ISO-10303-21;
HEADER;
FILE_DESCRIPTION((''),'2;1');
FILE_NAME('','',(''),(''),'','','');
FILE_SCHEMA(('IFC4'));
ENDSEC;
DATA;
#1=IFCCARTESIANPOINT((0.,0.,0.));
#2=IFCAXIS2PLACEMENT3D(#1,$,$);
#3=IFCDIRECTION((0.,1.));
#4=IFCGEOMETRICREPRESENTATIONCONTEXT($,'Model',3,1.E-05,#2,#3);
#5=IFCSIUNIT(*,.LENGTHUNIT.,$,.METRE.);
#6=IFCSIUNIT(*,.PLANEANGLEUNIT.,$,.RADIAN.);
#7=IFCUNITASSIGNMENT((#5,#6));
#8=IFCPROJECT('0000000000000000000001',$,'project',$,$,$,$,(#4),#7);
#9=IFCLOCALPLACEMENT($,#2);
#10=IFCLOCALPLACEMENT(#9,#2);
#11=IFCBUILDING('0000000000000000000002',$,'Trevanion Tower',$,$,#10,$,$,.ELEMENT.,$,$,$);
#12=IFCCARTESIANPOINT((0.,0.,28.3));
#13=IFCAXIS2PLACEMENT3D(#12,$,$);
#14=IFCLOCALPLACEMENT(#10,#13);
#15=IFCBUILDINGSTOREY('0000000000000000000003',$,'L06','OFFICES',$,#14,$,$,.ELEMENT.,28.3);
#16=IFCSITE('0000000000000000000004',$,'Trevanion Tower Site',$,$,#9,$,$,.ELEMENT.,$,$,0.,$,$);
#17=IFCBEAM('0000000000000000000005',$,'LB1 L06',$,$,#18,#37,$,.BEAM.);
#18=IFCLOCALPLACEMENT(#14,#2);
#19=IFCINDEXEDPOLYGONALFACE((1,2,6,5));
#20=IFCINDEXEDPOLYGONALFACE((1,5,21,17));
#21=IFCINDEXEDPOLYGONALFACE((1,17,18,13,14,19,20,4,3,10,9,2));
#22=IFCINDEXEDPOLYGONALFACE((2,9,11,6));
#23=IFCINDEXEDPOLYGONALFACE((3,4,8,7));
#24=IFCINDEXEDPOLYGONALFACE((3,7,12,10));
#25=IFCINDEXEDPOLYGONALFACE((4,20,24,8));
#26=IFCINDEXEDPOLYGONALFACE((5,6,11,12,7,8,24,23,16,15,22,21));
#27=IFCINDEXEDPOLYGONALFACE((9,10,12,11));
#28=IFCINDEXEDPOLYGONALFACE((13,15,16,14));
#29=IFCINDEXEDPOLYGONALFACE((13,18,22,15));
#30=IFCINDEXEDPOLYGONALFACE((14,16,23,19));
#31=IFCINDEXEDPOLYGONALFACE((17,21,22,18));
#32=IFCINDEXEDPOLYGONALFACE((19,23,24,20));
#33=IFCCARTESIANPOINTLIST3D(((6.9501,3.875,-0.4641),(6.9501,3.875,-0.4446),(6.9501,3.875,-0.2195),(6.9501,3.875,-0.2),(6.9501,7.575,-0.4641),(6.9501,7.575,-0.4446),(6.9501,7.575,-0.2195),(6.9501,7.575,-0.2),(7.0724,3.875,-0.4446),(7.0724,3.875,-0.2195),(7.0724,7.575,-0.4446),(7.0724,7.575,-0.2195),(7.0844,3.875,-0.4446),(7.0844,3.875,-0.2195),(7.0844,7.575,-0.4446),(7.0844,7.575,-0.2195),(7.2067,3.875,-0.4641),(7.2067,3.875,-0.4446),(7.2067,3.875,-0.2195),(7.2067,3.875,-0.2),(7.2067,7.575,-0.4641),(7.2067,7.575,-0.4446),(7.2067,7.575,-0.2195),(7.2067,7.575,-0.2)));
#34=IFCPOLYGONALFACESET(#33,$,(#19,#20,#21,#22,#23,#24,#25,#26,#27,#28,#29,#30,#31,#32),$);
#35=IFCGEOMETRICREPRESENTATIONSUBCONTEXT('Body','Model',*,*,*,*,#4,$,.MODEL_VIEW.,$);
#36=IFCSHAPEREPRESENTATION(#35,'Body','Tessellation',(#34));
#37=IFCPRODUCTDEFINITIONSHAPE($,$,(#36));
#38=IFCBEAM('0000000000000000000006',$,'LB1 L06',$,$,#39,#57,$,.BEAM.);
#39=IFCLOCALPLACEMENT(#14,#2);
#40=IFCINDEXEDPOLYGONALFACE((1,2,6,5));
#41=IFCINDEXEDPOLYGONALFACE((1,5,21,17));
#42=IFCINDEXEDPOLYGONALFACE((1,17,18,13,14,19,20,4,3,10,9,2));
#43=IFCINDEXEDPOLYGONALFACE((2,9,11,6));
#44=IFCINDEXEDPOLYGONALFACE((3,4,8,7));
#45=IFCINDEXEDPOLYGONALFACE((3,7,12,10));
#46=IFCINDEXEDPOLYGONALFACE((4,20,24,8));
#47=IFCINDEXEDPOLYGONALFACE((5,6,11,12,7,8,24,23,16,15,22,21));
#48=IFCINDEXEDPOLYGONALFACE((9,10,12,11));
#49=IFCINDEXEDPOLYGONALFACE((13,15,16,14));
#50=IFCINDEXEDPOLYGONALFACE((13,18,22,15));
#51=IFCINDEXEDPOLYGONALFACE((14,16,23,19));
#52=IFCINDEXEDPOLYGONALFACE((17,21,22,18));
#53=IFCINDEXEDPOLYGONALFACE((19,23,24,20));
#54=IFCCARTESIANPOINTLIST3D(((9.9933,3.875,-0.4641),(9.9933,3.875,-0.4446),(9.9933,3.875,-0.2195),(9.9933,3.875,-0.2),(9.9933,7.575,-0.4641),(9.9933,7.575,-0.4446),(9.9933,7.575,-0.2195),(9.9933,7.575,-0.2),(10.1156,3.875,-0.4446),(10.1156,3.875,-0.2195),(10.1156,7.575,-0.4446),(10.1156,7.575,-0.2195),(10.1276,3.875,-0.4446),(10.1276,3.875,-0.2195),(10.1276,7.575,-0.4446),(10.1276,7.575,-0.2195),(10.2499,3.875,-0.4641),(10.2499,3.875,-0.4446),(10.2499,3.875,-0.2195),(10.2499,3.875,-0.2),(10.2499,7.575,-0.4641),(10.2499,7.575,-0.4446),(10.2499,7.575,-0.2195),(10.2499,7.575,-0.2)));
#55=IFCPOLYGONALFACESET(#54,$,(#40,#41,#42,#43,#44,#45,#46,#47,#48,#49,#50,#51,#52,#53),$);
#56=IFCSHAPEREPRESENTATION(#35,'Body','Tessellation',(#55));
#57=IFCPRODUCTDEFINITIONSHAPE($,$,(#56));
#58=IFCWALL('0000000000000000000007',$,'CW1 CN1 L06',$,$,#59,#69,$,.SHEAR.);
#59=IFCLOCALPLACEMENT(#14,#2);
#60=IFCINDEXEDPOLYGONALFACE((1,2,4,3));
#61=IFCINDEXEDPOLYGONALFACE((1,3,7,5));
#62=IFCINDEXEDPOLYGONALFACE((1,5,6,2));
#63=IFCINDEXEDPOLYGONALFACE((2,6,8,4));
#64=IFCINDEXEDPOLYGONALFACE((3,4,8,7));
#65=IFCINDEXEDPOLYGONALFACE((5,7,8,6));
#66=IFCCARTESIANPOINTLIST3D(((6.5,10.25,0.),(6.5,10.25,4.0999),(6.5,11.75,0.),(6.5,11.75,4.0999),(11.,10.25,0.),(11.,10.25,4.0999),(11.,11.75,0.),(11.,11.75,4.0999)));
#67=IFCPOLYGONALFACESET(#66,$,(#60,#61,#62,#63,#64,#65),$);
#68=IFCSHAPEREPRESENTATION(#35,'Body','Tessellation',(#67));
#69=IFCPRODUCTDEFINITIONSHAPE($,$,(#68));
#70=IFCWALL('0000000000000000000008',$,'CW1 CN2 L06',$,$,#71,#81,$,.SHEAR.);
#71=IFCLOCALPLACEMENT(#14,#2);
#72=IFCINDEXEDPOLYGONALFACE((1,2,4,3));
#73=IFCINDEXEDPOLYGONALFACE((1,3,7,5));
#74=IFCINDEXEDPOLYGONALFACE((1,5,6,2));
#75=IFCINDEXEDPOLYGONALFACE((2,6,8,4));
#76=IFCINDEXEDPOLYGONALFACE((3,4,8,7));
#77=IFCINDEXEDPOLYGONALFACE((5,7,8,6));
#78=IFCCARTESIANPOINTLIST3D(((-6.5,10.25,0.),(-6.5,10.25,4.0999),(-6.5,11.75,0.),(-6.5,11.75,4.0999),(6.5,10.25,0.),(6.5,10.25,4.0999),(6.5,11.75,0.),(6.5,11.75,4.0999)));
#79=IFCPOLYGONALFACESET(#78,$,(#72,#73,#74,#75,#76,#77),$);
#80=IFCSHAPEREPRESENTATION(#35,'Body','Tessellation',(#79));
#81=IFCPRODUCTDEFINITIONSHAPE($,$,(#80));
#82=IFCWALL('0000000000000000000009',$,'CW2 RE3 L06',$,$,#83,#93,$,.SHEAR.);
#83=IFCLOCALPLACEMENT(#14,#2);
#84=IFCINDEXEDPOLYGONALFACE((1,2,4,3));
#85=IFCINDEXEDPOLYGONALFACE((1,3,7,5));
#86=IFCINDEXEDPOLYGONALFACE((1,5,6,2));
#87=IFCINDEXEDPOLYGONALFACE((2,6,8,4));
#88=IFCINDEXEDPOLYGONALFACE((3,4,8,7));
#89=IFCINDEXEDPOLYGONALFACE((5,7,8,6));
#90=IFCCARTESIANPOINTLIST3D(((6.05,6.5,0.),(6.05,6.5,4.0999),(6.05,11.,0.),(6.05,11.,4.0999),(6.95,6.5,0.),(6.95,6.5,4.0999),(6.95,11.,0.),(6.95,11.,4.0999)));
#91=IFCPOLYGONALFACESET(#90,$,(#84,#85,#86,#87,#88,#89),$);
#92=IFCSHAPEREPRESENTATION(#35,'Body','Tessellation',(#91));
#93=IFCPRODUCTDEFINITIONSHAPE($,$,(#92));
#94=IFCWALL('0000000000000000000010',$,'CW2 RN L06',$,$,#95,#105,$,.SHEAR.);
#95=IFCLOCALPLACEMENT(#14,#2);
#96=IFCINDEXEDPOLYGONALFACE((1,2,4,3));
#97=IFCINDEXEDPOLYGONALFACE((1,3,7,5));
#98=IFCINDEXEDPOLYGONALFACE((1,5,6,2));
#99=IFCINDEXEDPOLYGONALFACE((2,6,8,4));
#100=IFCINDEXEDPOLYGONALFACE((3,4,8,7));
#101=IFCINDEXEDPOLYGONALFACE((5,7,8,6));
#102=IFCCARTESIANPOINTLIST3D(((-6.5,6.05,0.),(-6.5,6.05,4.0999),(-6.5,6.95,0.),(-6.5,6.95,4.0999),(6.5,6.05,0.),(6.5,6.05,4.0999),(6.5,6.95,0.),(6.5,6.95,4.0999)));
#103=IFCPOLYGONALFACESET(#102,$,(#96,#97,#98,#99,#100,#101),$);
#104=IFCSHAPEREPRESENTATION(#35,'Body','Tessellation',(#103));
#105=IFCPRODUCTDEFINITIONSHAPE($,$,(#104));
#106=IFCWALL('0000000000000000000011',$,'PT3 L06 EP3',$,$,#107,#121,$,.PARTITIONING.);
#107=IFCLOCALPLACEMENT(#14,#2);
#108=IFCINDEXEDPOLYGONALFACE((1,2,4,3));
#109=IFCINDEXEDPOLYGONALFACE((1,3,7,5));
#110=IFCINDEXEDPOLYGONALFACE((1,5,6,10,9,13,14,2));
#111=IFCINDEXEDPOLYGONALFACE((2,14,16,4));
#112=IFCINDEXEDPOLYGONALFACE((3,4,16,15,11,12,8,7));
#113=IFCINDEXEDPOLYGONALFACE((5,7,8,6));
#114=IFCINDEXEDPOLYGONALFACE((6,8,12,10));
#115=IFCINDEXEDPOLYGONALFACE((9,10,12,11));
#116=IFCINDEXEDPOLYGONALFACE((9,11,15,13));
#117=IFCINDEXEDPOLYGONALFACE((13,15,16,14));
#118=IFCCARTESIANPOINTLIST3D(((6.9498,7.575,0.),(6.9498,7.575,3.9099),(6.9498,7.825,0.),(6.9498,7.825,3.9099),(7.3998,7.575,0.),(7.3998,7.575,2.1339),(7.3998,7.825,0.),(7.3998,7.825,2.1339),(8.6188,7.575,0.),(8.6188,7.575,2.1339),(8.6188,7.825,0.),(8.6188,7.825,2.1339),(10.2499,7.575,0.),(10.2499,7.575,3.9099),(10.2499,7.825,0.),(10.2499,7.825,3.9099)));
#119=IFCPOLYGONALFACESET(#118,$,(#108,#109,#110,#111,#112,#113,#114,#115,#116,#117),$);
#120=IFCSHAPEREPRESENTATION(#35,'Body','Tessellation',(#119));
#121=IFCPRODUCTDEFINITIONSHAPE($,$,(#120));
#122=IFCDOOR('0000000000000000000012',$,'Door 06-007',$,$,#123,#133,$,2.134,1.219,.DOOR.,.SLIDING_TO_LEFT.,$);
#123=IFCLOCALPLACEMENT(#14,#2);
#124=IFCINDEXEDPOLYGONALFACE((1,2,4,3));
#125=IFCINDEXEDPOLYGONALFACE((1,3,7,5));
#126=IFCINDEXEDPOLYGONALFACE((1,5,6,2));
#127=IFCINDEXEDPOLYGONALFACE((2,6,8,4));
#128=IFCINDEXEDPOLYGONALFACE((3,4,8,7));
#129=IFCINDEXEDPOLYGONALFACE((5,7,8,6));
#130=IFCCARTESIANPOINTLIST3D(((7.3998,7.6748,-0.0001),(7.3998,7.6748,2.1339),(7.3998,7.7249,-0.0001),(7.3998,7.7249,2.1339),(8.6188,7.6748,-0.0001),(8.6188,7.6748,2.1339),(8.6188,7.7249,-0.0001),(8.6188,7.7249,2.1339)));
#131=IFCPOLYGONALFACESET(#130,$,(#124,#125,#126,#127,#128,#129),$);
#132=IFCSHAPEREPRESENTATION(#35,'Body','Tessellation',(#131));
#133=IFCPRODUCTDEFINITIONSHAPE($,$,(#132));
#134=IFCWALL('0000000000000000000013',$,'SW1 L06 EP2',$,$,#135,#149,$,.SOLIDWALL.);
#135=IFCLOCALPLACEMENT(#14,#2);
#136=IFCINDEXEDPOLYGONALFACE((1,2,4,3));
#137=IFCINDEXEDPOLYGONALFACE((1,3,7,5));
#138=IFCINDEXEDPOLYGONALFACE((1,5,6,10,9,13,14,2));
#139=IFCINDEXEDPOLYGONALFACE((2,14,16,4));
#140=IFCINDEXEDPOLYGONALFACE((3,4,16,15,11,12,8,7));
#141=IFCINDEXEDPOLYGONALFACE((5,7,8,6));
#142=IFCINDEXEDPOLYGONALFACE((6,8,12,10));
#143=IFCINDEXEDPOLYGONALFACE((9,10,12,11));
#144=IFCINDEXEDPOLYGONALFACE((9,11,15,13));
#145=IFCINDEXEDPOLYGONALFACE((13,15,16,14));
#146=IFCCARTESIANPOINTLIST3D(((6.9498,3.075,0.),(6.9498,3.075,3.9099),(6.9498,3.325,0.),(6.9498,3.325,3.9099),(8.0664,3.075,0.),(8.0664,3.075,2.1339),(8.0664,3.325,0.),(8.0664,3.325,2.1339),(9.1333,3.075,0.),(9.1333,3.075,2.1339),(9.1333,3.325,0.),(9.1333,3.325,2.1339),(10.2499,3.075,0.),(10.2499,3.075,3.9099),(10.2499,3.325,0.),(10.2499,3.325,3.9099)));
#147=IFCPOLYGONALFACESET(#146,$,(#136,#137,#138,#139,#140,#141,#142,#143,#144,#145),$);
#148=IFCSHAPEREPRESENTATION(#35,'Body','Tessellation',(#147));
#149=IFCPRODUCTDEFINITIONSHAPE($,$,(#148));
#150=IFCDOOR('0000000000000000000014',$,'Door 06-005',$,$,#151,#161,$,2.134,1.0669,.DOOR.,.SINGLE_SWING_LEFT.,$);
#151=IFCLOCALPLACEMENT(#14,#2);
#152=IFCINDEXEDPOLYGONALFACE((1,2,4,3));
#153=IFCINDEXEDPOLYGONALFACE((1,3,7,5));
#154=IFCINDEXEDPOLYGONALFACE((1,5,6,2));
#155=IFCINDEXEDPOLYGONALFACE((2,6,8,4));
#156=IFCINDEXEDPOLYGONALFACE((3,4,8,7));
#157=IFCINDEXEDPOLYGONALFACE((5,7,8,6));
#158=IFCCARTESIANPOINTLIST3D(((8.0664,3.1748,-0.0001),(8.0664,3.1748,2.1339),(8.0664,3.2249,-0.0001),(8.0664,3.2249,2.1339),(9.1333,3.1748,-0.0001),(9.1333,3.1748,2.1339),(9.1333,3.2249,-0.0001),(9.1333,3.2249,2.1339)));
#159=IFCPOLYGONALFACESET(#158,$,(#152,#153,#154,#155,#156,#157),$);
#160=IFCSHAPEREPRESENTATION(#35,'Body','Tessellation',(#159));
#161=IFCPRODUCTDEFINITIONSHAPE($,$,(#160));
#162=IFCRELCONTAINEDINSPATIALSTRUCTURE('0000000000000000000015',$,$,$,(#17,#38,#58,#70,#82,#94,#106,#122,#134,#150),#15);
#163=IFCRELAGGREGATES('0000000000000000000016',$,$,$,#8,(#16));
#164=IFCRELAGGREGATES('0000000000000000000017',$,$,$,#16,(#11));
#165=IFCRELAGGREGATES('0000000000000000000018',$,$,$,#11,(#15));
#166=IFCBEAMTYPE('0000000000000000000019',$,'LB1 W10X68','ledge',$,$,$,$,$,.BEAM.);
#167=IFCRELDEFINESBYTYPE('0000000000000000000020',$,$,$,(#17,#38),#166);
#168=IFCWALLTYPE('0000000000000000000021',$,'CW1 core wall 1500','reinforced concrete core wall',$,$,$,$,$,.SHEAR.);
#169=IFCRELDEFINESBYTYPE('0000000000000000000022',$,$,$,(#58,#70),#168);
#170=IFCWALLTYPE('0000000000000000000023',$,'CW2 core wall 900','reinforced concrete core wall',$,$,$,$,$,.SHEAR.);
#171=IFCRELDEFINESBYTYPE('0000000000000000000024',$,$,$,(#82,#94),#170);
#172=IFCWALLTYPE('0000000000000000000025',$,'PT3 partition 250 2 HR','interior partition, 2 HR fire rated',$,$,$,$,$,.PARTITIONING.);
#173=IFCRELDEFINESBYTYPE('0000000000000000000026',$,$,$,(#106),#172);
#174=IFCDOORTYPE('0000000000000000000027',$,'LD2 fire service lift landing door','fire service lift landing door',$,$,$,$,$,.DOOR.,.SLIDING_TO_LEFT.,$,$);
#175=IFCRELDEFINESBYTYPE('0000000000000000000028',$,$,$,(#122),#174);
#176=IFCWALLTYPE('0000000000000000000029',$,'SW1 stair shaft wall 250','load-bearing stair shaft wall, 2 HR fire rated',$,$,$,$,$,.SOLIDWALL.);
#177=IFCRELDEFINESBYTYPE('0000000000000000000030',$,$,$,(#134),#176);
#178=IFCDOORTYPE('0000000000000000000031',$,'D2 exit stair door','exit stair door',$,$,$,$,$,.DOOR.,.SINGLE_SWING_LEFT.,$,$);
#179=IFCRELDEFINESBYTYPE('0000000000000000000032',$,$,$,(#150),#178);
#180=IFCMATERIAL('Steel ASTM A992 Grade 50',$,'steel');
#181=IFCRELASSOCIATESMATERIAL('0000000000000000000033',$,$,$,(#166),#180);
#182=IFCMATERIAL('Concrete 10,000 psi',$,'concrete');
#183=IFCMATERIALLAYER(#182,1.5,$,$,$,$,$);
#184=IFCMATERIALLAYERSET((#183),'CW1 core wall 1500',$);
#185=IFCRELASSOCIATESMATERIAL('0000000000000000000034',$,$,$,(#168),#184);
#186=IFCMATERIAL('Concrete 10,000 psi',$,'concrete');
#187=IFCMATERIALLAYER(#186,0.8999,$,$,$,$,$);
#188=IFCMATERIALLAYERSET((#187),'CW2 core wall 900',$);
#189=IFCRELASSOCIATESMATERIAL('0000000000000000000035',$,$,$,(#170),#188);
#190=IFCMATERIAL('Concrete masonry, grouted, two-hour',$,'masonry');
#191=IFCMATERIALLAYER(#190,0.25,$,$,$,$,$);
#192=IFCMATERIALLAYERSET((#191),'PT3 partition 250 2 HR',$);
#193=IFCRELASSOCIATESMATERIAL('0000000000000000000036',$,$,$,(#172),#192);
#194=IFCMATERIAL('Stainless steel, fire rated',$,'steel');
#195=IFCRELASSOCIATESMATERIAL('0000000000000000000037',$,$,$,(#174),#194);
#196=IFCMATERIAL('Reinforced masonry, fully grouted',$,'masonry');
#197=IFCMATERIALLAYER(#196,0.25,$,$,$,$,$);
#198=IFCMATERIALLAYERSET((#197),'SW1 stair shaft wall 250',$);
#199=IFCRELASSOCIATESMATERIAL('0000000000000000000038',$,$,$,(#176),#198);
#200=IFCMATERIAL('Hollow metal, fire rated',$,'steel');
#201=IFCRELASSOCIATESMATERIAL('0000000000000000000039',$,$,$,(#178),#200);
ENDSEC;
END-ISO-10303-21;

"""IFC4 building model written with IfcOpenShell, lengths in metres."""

from ifc_helpers import new_model, si_unit, direction, frame, frame_2d, origin, origin_2d, place, context, subcontext, project, spatial, rectangle, i_section, extrude, material, layer, layer_set, material_profile, profile_set, type_object, element, fill, save


model = new_model("IFC4")

# Units and contexts
model_context = context("Model", 3, precision=1e-05, world=origin(), true_north=direction((0.0, 1.0)))
body_context = subcontext(model_context, "Body", "Model", "MODEL_VIEW")
ifc_project = project(units=[si_unit("LENGTHUNIT", "METRE"), si_unit("PLANEANGLEUNIT", "RADIAN")], contexts=[model_context])

# Site, building, storey
site_placement = place(None, origin())
site = spatial("IfcSite", under=ifc_project, at=site_placement, Name="Trevanion Tower Site", CompositionType="ELEMENT", RefElevation=0.0)
building_placement = place(site_placement, origin())
building = spatial("IfcBuilding", under=site, at=building_placement, Name="Trevanion Tower", CompositionType="ELEMENT")
storey_placement = place(building_placement, frame((0.0, 0.0, 28.3)))
storey = spatial("IfcBuildingStorey", under=building, at=storey_placement, Name="L06", Description="OFFICES", CompositionType="ELEMENT", Elevation=28.3)

# Beams
ifc_material_1 = material(Name="Steel ASTM A992 Grade 50", Category="steel")
ifc_material_profile_1 = material_profile(ifc_material_1, i_section(OverallWidth=0.2566, OverallDepth=0.2642, WebThickness=0.012, FlangeThickness=0.0195, at=origin_2d()), Name="W10X68")
ifc_profile_set_1 = profile_set([ifc_material_profile_1], Name="Steel ASTM A992 Grade 50")
beam_type_1 = type_object("IfcBeamType", Name="LB1 W10X68", Description="ledge", PredefinedType="BEAM", material=ifc_profile_set_1)
for number, where, z_axis, x_axis, name in (
    (1, (7.0784, 3.875, -0.332), (0.0, 1.0, 0.0), (-1.0, 0.0, 0.0), "LB1 L06"),
    (2, (10.1216, 3.875, -0.332), (0.0, 1.0, 0.0), (-1.0, 0.0, 0.0), "LB1 L06"),
):
    element("IfcBeam", number, at=place(storey_placement, frame(where, z_axis=z_axis, x_axis=x_axis)), inside=storey, type_object=beam_type_1, Name=name, PredefinedType="BEAM", context=body_context, shape_type="SweptSolid", body=[
        extrude(i_section(OverallWidth=0.2566, OverallDepth=0.2642, WebThickness=0.012, FlangeThickness=0.0195, at=origin_2d()), origin(), (0.0, 0.0, 1.0), 3.7),
    ])

# Walls
ifc_material_2 = material(Name="Concrete 10,000 psi", Category="concrete")
ifc_layer_1 = layer(ifc_material_2, 1.5)
ifc_layer_set_1 = layer_set([ifc_layer_1], Name="CW1 core wall 1500")
wall_type_1 = type_object("IfcWallType", Name="CW1 core wall 1500", Description="reinforced concrete core wall", PredefinedType="SHEAR", material=ifc_layer_set_1)
wall_1_placement = place(storey_placement, frame((11.0, 11.0, 0.0), z_axis=(0.0, 0.0, 1.0), x_axis=(-1.0, 0.0, 0.0)))
element("IfcWall", 3, at=wall_1_placement, inside=storey, type_object=wall_type_1, Name="CW1 CN1 L06", PredefinedType="SHEAR", context=body_context, shape_type="SweptSolid", body=[
    extrude(rectangle(XDim=4.5, YDim=1.5, at=frame_2d((2.25, 0.0))), origin(), (0.0, 0.0, 1.0), 4.0999),
])
wall_2_placement = place(storey_placement, frame((6.5, 11.0, 0.0), z_axis=(0.0, 0.0, 1.0), x_axis=(-1.0, 0.0, 0.0)))
element("IfcWall", 4, at=wall_2_placement, inside=storey, type_object=wall_type_1, Name="CW1 CN2 L06", PredefinedType="SHEAR", context=body_context, shape_type="SweptSolid", body=[
    extrude(rectangle(XDim=13.0, YDim=1.5, at=frame_2d((6.5, 0.0))), origin(), (0.0, 0.0, 1.0), 4.0999),
])
ifc_material_3 = material(Name="Concrete 10,000 psi", Category="concrete")
ifc_layer_2 = layer(ifc_material_3, 0.8999)
ifc_layer_set_2 = layer_set([ifc_layer_2], Name="CW2 core wall 900")
wall_type_2 = type_object("IfcWallType", Name="CW2 core wall 900", Description="reinforced concrete core wall", PredefinedType="SHEAR", material=ifc_layer_set_2)
wall_3_placement = place(storey_placement, frame((6.5, 6.5, 0.0), z_axis=(0.0, 0.0, 1.0), x_axis=(0.0, 1.0, 0.0)))
element("IfcWall", 5, at=wall_3_placement, inside=storey, type_object=wall_type_2, Name="CW2 RE3 L06", PredefinedType="SHEAR", context=body_context, shape_type="SweptSolid", body=[
    extrude(rectangle(XDim=4.5, YDim=0.8999, at=frame_2d((2.25, 0.0))), origin(), (0.0, 0.0, 1.0), 4.0999),
])
wall_4_placement = place(storey_placement, frame((6.5, 6.5, 0.0), z_axis=(0.0, 0.0, 1.0), x_axis=(-1.0, 0.0, 0.0)))
element("IfcWall", 6, at=wall_4_placement, inside=storey, type_object=wall_type_2, Name="CW2 RN L06", PredefinedType="SHEAR", context=body_context, shape_type="SweptSolid", body=[
    extrude(rectangle(XDim=13.0, YDim=0.8999, at=frame_2d((6.5, 0.0))), origin(), (0.0, 0.0, 1.0), 4.0999),
])

# Walls, openings, doors
ifc_material_4 = material(Name="Concrete masonry, grouted, two-hour", Category="masonry")
ifc_layer_3 = layer(ifc_material_4, 0.25)
ifc_layer_set_3 = layer_set([ifc_layer_3], Name="PT3 partition 250 2 HR")
wall_type_3 = type_object("IfcWallType", Name="PT3 partition 250 2 HR", Description="interior partition, 2 HR fire rated", PredefinedType="PARTITIONING", material=ifc_layer_set_3)
wall_5_placement = place(storey_placement, frame((6.95, 7.7, 0.0), z_axis=(0.0, 0.0, 1.0), x_axis=(1.0, 0.0, 0.0)))
wall_5 = element("IfcWall", 7, at=wall_5_placement, inside=storey, type_object=wall_type_3, Name="PT3 L06 EP3", PredefinedType="PARTITIONING", context=body_context, shape_type="SweptSolid", body=[
    extrude(rectangle(XDim=3.3, YDim=0.25, at=frame_2d((1.6499, 0.0))), origin(), (0.0, 0.0, 1.0), 3.9099),
])
opening_1_placement = place(wall_5_placement, frame((0.45, 0.0, 0.0)))
opening_1 = element("IfcOpeningElement", 8, at=opening_1_placement, cuts=wall_5, PredefinedType="OPENING", context=body_context, shape_type="SweptSolid", body=[
    extrude(rectangle(XDim=1.219, YDim=2.134, at=frame_2d((0.6094, 1.0669))), frame((0.0, 0.135, 0.0), z_axis=(0.0, -1.0, 0.0), x_axis=(1.0, 0.0, 0.0)), (0.0, 0.0, 1.0), 0.27),
])
ifc_material_5 = material(Name="Stainless steel, fire rated", Category="steel")
door_type_1 = type_object("IfcDoorType", Name="LD2 fire service lift landing door", Description="fire service lift landing door", OperationType="SLIDING_TO_LEFT", PredefinedType="DOOR", material=ifc_material_5)
door_1_placement = place(opening_1_placement, origin())
door_1 = element("IfcDoor", 9, at=door_1_placement, inside=storey, type_object=door_type_1, Name="Door 06-007", OperationType="SLIDING_TO_LEFT", OverallHeight=2.134, OverallWidth=1.219, PredefinedType="DOOR", context=body_context, shape_type="SweptSolid", body=[
    extrude(rectangle(XDim=1.219, YDim=2.134, at=frame_2d((0.6094, 1.0669))), frame((0.0, 0.0249, 0.0), z_axis=(0.0, -1.0, 0.0), x_axis=(1.0, 0.0, 0.0)), (0.0, 0.0, 1.0), 0.05),
])
fill(opening_1, door_1)
ifc_material_6 = material(Name="Reinforced masonry, fully grouted", Category="masonry")
ifc_layer_4 = layer(ifc_material_6, 0.25)
ifc_layer_set_4 = layer_set([ifc_layer_4], Name="SW1 stair shaft wall 250")
wall_type_4 = type_object("IfcWallType", Name="SW1 stair shaft wall 250", Description="load-bearing stair shaft wall, 2 HR fire rated", PredefinedType="SOLIDWALL", material=ifc_layer_set_4)
wall_6_placement = place(storey_placement, frame((6.95, 3.2, 0.0), z_axis=(0.0, 0.0, 1.0), x_axis=(1.0, 0.0, 0.0)))
wall_6 = element("IfcWall", 10, at=wall_6_placement, inside=storey, type_object=wall_type_4, Name="SW1 L06 EP2", PredefinedType="SOLIDWALL", context=body_context, shape_type="SweptSolid", body=[
    extrude(rectangle(XDim=3.3, YDim=0.25, at=frame_2d((1.6499, 0.0))), origin(), (0.0, 0.0, 1.0), 3.9099),
])
opening_2_placement = place(wall_6_placement, frame((1.1165, 0.0, 0.0)))
opening_2 = element("IfcOpeningElement", 11, at=opening_2_placement, cuts=wall_6, PredefinedType="OPENING", context=body_context, shape_type="SweptSolid", body=[
    extrude(rectangle(XDim=1.0669, YDim=2.134, at=frame_2d((0.5334, 1.0669))), frame((0.0, 0.135, 0.0), z_axis=(0.0, -1.0, 0.0), x_axis=(1.0, 0.0, 0.0)), (0.0, 0.0, 1.0), 0.27),
])
ifc_material_7 = material(Name="Hollow metal, fire rated", Category="steel")
door_type_2 = type_object("IfcDoorType", Name="D2 exit stair door", Description="exit stair door", OperationType="SINGLE_SWING_LEFT", PredefinedType="DOOR", material=ifc_material_7)
door_2_placement = place(opening_2_placement, origin())
door_2 = element("IfcDoor", 12, at=door_2_placement, inside=storey, type_object=door_type_2, Name="Door 06-005", OperationType="SINGLE_SWING_LEFT", OverallHeight=2.134, OverallWidth=1.0669, PredefinedType="DOOR", context=body_context, shape_type="SweptSolid", body=[
    extrude(rectangle(XDim=1.0669, YDim=2.134, at=frame_2d((0.5334, 1.0669))), frame((0.0, 0.0249, 0.0), z_axis=(0.0, -1.0, 0.0), x_axis=(1.0, 0.0, 0.0)), (0.0, 0.0, 1.0), 0.05),
])
fill(opening_2, door_2)

save(model, "model.ifc")
